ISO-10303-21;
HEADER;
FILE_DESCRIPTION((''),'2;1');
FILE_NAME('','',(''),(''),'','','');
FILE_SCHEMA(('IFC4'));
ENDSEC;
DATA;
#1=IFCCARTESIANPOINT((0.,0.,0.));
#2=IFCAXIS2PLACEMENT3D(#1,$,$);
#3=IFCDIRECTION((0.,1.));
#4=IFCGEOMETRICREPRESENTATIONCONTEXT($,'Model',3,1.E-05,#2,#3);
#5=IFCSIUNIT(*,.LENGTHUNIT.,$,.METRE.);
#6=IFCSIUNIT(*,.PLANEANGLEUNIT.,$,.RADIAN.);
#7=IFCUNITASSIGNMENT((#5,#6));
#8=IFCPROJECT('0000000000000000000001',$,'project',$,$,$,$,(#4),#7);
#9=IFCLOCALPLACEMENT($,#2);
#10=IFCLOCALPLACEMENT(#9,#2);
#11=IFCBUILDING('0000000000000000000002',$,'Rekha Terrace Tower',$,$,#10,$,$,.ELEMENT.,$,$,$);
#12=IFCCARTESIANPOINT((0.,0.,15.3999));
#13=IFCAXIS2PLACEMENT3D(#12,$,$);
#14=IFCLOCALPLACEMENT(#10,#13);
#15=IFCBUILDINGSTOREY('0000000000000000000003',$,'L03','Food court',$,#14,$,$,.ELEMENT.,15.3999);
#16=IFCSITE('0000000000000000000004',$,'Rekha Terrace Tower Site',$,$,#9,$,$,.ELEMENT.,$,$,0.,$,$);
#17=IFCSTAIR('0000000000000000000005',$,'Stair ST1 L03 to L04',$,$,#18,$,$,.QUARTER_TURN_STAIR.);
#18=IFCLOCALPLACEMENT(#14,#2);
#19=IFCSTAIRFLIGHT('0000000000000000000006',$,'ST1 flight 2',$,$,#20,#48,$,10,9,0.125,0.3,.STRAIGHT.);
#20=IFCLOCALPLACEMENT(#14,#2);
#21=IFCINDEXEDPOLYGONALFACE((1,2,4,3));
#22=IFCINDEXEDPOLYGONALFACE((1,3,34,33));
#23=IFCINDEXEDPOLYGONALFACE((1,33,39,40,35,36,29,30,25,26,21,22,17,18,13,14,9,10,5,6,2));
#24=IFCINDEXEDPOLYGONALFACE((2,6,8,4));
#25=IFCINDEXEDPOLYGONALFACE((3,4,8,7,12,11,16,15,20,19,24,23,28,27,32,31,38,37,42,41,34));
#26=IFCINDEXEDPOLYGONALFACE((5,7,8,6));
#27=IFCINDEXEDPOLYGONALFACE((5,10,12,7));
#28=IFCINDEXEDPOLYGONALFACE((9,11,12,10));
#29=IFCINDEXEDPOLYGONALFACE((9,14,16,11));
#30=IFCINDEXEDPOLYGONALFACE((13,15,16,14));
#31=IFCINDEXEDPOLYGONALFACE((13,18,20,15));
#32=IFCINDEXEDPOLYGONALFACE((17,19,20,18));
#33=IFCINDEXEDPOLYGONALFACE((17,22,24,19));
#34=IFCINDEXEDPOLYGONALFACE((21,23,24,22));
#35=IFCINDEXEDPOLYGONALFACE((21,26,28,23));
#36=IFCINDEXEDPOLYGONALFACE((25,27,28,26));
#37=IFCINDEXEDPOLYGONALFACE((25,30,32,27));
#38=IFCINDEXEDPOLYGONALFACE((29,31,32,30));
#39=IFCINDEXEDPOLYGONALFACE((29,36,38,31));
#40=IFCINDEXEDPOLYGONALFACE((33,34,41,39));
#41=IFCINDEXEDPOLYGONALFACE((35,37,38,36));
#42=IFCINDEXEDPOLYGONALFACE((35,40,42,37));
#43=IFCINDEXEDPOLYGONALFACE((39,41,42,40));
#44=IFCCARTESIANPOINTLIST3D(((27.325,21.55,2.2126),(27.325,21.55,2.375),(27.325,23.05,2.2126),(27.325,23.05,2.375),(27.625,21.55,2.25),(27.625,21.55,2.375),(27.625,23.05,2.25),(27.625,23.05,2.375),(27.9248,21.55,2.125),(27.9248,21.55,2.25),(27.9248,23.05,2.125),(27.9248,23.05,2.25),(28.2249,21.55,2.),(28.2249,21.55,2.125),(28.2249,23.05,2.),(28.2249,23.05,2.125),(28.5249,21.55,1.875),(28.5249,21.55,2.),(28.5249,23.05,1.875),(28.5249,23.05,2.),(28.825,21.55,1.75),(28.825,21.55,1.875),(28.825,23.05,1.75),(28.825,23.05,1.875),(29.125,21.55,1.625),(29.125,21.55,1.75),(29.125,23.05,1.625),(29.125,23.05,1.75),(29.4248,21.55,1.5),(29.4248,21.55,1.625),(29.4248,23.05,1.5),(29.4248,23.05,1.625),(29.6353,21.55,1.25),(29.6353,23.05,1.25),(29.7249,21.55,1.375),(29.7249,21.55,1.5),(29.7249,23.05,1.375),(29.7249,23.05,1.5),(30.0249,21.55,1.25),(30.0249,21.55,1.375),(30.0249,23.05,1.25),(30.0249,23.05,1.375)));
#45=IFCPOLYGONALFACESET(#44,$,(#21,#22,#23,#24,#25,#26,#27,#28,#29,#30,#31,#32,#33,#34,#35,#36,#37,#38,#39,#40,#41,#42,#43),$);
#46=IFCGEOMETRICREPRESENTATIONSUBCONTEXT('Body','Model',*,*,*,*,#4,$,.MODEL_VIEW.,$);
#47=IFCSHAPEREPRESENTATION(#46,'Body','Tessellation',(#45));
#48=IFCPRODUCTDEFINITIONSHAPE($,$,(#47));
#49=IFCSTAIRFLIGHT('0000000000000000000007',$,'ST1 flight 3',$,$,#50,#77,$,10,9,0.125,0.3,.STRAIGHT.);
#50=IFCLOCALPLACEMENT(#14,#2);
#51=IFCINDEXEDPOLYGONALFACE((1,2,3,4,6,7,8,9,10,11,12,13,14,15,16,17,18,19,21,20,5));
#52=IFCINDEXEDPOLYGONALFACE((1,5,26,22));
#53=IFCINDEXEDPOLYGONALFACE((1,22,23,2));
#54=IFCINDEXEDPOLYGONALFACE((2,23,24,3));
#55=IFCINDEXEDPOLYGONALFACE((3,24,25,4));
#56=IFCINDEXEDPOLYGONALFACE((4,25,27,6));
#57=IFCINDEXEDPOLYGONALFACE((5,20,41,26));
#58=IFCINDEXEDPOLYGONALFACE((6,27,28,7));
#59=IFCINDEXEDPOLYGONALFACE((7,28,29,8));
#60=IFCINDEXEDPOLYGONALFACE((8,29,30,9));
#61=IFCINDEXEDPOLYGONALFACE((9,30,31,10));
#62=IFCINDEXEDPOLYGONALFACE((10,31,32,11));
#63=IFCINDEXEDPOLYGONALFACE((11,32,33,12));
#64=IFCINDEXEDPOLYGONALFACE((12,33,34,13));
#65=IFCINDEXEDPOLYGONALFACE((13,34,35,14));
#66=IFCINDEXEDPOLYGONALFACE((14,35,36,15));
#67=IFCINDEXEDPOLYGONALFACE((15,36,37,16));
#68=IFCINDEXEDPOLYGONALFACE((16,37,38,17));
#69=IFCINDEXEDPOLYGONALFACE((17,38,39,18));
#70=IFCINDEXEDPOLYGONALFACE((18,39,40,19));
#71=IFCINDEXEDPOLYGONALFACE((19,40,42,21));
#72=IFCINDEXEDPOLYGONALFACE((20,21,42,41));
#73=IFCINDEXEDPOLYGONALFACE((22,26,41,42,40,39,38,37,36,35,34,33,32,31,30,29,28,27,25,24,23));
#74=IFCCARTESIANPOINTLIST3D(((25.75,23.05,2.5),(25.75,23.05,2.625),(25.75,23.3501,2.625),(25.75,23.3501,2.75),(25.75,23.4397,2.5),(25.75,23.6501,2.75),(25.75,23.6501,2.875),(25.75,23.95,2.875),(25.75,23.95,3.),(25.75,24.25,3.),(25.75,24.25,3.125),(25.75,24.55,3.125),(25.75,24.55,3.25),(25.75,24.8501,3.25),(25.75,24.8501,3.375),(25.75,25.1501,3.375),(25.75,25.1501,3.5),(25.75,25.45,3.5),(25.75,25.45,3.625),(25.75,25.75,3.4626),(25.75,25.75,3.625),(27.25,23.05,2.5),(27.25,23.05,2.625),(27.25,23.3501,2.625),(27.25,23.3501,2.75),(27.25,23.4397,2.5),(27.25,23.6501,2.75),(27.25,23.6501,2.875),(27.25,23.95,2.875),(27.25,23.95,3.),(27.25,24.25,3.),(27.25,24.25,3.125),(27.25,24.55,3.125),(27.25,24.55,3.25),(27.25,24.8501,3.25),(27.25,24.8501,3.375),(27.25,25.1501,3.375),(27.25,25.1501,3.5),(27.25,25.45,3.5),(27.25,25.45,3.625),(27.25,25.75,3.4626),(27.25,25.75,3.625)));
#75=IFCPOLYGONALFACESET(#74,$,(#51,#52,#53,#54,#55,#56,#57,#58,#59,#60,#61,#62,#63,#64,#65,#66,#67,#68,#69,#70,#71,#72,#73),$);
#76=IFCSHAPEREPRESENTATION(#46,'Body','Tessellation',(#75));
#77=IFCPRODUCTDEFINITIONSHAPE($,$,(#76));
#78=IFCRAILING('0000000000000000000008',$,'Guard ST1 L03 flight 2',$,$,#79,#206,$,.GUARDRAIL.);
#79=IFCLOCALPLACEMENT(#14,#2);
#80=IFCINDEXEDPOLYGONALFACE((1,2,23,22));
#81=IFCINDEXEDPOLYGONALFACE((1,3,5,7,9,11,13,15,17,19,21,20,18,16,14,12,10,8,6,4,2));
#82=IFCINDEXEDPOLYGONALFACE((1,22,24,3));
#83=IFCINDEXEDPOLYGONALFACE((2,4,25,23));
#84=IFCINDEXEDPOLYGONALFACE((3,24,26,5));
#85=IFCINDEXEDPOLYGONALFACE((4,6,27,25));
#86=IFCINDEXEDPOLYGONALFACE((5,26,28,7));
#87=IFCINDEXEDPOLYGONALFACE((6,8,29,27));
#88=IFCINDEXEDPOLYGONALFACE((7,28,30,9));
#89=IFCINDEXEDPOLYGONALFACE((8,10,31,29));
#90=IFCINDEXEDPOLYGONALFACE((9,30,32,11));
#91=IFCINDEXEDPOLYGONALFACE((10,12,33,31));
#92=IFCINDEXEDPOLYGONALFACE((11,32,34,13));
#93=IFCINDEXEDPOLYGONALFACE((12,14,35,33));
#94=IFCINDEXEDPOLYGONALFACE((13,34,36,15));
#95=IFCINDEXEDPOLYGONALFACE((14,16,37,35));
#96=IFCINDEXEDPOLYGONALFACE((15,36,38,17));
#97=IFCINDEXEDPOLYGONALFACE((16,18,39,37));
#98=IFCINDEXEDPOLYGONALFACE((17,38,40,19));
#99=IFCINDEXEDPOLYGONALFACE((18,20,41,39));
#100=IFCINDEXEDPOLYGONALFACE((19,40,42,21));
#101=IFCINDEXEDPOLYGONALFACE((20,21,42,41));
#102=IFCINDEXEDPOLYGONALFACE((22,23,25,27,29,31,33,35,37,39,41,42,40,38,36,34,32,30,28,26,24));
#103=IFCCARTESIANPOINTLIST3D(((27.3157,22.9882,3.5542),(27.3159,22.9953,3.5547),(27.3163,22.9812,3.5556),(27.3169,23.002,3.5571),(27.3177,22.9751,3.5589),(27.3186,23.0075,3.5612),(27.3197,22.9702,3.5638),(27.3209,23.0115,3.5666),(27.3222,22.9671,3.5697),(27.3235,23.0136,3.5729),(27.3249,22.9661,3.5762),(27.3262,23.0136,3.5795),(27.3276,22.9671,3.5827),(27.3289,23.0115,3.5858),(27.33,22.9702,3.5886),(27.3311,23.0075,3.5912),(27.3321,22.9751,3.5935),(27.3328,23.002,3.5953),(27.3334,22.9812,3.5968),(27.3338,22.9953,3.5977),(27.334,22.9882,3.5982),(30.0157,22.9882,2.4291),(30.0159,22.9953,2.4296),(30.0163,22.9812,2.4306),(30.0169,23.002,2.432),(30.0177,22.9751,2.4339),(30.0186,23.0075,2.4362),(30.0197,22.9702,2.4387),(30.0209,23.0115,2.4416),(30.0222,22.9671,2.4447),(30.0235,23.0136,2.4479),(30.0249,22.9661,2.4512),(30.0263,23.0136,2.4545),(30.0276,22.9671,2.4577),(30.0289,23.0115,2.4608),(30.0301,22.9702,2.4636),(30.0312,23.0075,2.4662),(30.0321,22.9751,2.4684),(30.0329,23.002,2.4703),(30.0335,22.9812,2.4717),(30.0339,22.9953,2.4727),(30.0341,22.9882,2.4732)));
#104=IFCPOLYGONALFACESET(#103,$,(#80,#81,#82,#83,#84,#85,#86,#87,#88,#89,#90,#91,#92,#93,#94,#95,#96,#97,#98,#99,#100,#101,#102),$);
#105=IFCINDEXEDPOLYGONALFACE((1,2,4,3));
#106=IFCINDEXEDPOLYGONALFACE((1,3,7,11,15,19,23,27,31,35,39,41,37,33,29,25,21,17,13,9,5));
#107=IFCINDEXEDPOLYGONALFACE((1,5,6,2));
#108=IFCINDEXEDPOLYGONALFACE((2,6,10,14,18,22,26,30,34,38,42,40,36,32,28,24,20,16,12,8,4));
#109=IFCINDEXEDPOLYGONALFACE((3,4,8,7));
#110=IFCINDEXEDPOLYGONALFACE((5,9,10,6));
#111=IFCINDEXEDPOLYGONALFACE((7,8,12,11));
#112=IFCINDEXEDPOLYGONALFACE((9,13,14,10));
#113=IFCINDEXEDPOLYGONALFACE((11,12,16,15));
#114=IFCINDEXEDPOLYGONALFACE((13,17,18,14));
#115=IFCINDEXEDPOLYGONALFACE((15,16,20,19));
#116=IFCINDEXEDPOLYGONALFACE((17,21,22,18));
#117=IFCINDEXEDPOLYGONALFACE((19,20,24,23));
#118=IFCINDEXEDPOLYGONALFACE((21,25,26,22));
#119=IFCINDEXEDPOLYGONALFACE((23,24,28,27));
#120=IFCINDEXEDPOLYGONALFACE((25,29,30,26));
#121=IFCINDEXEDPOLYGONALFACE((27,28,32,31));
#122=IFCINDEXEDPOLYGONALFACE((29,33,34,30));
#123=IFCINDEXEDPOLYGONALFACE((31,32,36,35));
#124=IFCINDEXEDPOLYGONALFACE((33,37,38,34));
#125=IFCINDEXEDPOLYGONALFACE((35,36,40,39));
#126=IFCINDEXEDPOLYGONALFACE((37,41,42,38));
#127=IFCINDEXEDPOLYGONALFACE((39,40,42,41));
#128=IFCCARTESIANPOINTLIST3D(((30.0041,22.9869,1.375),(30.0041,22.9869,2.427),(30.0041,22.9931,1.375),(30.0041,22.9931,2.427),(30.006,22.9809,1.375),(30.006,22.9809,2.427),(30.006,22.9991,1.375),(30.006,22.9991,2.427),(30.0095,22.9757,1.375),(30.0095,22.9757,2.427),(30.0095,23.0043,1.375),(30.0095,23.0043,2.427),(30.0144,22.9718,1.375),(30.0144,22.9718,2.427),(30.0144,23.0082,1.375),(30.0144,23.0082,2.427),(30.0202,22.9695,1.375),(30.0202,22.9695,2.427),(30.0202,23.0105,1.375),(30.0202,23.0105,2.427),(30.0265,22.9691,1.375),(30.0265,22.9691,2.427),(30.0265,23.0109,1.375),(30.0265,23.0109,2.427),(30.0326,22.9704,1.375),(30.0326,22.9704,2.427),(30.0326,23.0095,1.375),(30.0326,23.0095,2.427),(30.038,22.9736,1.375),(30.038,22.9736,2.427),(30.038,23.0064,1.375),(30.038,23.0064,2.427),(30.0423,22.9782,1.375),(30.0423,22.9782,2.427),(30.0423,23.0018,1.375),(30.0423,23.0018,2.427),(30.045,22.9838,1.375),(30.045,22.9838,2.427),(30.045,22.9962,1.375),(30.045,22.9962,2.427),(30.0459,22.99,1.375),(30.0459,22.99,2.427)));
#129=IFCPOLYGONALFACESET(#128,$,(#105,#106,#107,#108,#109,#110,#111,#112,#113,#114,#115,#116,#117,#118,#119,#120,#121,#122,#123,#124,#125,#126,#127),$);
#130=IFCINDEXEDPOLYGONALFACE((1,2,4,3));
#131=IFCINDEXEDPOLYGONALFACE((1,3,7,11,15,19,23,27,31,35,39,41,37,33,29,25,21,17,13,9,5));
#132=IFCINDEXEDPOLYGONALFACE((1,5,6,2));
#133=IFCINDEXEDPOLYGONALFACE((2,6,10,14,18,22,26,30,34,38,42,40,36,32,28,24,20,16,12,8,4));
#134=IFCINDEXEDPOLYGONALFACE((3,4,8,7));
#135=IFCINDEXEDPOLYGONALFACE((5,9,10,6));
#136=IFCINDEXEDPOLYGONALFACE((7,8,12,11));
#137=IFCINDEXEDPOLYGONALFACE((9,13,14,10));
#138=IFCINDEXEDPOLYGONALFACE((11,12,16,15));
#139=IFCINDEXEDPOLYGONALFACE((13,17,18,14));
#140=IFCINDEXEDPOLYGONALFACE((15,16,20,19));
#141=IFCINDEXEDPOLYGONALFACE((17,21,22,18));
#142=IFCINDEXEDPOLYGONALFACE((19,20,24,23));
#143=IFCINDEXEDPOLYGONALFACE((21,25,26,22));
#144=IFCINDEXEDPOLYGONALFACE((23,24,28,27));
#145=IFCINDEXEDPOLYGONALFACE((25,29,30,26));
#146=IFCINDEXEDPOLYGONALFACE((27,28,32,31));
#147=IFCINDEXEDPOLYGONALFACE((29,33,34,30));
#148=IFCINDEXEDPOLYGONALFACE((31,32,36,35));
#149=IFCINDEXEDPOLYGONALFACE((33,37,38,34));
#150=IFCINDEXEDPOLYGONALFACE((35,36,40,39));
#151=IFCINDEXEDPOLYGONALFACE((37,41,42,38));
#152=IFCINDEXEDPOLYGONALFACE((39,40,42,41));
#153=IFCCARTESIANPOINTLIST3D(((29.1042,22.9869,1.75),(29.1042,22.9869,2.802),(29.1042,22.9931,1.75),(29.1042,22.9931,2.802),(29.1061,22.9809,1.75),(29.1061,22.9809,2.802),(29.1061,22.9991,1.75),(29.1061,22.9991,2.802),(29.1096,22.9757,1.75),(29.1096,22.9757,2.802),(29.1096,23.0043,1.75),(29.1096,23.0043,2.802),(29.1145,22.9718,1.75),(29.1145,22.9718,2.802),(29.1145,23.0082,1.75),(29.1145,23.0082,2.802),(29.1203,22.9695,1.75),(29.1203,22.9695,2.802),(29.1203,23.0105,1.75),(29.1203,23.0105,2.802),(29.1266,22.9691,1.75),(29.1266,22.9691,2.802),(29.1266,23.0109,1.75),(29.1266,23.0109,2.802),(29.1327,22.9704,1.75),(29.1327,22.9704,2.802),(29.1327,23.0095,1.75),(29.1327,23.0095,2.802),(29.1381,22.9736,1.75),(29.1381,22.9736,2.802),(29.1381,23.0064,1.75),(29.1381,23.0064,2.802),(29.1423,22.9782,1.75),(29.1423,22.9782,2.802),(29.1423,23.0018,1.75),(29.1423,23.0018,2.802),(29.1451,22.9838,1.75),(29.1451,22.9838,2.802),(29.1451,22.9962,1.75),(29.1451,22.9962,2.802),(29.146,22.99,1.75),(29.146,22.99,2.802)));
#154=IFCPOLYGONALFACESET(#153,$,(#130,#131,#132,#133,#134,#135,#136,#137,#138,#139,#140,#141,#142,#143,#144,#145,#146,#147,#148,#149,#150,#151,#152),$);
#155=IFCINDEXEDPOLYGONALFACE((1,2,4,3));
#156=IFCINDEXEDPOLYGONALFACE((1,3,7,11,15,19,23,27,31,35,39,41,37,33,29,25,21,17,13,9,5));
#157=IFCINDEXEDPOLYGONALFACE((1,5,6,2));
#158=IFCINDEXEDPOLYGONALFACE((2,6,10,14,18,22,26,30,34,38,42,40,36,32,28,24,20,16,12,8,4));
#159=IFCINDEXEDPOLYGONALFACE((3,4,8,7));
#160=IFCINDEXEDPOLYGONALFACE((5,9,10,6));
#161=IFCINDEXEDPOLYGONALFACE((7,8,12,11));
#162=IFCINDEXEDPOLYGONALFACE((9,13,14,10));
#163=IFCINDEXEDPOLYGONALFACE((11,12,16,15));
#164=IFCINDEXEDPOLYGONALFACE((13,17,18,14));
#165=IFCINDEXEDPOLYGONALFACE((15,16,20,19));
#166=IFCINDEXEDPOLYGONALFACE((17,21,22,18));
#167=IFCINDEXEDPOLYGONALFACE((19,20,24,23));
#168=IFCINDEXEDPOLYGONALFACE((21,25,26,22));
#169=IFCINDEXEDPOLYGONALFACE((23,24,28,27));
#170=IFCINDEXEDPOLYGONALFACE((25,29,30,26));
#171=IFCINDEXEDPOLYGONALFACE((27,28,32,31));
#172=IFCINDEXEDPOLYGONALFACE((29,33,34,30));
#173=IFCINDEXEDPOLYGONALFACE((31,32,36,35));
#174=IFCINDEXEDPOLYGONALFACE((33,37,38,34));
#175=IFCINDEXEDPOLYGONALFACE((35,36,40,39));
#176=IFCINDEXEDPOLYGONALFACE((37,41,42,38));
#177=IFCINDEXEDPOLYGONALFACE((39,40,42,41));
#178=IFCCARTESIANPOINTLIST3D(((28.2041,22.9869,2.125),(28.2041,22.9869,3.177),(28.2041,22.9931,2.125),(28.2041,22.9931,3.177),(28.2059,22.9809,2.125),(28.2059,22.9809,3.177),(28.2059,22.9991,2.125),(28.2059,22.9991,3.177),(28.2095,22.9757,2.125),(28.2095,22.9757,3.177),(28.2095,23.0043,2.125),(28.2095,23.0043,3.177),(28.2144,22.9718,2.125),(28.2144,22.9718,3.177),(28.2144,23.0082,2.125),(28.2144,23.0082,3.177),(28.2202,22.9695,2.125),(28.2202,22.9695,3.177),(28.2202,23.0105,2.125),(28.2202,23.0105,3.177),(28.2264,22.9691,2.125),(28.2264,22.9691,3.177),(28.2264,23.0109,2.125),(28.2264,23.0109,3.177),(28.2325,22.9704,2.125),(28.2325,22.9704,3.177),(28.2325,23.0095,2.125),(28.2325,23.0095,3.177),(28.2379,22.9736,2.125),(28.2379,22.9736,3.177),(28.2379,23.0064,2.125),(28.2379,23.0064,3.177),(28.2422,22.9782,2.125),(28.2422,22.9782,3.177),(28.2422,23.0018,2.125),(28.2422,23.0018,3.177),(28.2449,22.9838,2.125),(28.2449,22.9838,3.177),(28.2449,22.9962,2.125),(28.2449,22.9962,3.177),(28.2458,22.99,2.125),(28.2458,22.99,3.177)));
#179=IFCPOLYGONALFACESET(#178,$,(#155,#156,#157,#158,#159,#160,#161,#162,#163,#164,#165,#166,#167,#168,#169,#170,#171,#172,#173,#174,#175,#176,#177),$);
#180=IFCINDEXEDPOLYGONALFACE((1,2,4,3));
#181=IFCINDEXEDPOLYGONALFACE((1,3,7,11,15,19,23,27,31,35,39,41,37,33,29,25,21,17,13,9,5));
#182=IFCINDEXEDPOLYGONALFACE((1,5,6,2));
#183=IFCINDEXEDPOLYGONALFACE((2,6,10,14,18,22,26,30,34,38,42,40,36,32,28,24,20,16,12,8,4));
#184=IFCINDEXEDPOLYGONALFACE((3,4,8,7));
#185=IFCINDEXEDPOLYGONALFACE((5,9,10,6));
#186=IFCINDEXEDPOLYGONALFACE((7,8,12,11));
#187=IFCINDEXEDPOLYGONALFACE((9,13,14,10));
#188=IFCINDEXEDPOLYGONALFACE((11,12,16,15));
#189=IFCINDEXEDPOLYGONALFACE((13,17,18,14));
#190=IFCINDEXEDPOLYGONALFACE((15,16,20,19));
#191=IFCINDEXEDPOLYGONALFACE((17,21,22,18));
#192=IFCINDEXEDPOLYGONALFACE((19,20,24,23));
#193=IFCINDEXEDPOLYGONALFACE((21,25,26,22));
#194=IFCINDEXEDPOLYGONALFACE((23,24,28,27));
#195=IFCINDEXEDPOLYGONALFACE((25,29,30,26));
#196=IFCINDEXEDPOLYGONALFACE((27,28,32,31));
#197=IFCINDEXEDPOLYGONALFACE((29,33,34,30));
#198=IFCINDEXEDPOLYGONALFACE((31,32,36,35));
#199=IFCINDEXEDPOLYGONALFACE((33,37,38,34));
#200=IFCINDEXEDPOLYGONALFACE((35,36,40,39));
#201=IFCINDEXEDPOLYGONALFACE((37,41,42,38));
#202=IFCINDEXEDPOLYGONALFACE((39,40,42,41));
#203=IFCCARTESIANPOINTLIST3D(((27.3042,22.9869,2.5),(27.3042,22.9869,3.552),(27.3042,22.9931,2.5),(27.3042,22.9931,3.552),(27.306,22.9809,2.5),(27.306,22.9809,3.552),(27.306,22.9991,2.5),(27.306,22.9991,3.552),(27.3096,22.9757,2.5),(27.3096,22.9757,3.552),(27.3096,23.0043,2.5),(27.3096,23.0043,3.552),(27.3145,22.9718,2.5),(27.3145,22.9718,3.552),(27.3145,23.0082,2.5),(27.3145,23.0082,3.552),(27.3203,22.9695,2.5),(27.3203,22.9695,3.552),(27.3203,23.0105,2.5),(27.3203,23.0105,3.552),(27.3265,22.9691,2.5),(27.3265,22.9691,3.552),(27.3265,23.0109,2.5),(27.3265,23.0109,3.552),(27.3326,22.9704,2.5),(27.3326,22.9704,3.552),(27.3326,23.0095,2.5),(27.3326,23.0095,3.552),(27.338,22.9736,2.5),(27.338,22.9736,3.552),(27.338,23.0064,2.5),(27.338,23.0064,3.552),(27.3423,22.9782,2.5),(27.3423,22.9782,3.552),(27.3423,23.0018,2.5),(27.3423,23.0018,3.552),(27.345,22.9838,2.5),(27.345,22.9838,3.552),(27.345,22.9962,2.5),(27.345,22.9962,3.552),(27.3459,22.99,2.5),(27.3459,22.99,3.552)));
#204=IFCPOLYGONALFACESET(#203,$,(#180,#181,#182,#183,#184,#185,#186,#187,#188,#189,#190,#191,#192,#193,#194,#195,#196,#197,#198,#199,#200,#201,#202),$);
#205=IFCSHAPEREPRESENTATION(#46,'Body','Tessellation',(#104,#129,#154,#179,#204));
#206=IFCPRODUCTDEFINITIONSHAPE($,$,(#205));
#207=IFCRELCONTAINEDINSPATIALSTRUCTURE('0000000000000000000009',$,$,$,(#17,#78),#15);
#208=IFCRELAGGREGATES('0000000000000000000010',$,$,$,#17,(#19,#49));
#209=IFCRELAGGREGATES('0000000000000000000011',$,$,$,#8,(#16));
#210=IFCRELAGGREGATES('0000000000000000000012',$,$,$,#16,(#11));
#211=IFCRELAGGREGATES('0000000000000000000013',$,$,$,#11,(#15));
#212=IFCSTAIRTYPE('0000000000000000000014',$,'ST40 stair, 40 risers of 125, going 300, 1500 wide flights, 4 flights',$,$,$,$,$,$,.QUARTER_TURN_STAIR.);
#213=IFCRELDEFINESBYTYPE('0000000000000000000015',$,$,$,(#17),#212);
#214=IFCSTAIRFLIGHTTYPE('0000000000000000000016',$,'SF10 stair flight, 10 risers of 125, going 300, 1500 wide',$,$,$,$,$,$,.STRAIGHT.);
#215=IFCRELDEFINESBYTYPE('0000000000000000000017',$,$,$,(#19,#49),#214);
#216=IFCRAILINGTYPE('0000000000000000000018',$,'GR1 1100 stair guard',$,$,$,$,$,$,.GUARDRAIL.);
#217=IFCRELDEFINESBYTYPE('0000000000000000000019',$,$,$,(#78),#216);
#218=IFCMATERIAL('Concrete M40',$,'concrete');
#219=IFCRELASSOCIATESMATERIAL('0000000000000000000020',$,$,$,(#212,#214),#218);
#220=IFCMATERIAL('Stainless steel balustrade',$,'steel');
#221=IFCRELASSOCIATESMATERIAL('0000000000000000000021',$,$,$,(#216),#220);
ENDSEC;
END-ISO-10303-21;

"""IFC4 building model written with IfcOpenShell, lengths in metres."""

from ifc_helpers import new_model, si_unit, direction, frame, origin, origin_2d, place, context, subcontext, project, spatial, polyline, circle, outline, extrude, material, type_object, element, aggregate, save


model = new_model("IFC4")

# Units and contexts
model_context = context("Model", 3, precision=1e-05, world=origin(), true_north=direction((0.0, 1.0)))
body_context = subcontext(model_context, "Body", "Model", "MODEL_VIEW")
ifc_project = project(units=[si_unit("LENGTHUNIT", "METRE"), si_unit("PLANEANGLEUNIT", "RADIAN")], contexts=[model_context])

# Site, building, storey
site_placement = place(None, origin())
site = spatial("IfcSite", under=ifc_project, at=site_placement, Name="Rekha Terrace Tower Site", CompositionType="ELEMENT", RefElevation=0.0)
building_placement = place(site_placement, origin())
building = spatial("IfcBuilding", under=site, at=building_placement, Name="Rekha Terrace Tower", CompositionType="ELEMENT")
storey_placement = place(building_placement, frame((0.0, 0.0, 15.3999)))
storey = spatial("IfcBuildingStorey", under=building, at=storey_placement, Name="L03", Description="Food court", CompositionType="ELEMENT", Elevation=15.3999)

# Stair, stair flights
ifc_material_1 = material(Name="Concrete M40", Category="concrete")
stair_type = type_object("IfcStairType", Name="ST40 stair, 40 risers of 125, going 300, 1500 wide flights, 4 flights", PredefinedType="QUARTER_TURN_STAIR", material=ifc_material_1)
stair_placement = place(storey_placement, origin())
stair = element("IfcStair", 1, at=stair_placement, inside=storey, type_object=stair_type, Name="Stair ST1 L03 to L04", PredefinedType="QUARTER_TURN_STAIR")
stair_flight_type = type_object("IfcStairFlightType", Name="SF10 stair flight, 10 risers of 125, going 300, 1500 wide", PredefinedType="STRAIGHT", material=ifc_material_1)
stair_flight_1_placement = place(storey_placement, frame((30.0249, 22.3, 1.25), z_axis=(0.0, 0.0, 1.0), x_axis=(-1.0, 0.0, 0.0)))
stair_flight_1 = element("IfcStairFlight", 2, at=stair_flight_1_placement, type_object=stair_flight_type, Name="ST1 flight 2", NumberOfRisers=10, NumberOfTreads=9, PredefinedType="STRAIGHT", RiserHeight=0.125, TreadLength=0.3, context=body_context, shape_type="SweptSolid", body=[
    extrude(outline(polyline([(0.0, 0.0), (0.0, 0.125), (0.3, 0.125), (0.3, 0.25), (0.6001, 0.25), (0.6001, 0.375), (0.8999, 0.375), (0.8999, 0.5), (1.2, 0.5), (1.2, 0.625), (1.5, 0.625), (1.5, 0.75), (1.8, 0.75), (1.8, 0.875), (2.1001, 0.875), (2.1001, 1.0), (2.3999, 1.0), (2.3999, 1.125), (2.7, 1.125), (2.7, 1.25), (2.7, 0.9626), (0.3896, 0.0), (0.0, 0.0)])), frame((0.0, 0.75, 0.0), z_axis=(0.0, -1.0, 0.0), x_axis=(1.0, 0.0, 0.0)), (0.0, 0.0, 1.0), 1.5),
])
stair_flight_2_placement = place(storey_placement, frame((26.5, 23.05, 2.5), z_axis=(0.0, 0.0, 1.0), x_axis=(0.0, 1.0, 0.0)))
stair_flight_2 = element("IfcStairFlight", 3, at=stair_flight_2_placement, type_object=stair_flight_type, Name="ST1 flight 3", NumberOfRisers=10, NumberOfTreads=9, PredefinedType="STRAIGHT", RiserHeight=0.125, TreadLength=0.3, context=body_context, shape_type="SweptSolid", body=[
    extrude(outline(polyline([(0.0, 0.0), (0.0, 0.125), (0.3, 0.125), (0.3, 0.25), (0.6001, 0.25), (0.6001, 0.375), (0.8999, 0.375), (0.8999, 0.5), (1.2, 0.5), (1.2, 0.625), (1.5, 0.625), (1.5, 0.75), (1.8, 0.75), (1.8, 0.875), (2.1001, 0.875), (2.1001, 1.0), (2.3999, 1.0), (2.3999, 1.125), (2.7, 1.125), (2.7, 1.25), (2.7, 0.9626), (0.3896, 0.0), (0.0, 0.0)])), frame((0.0, 0.75, 0.0), z_axis=(0.0, -1.0, 0.0), x_axis=(1.0, 0.0, 0.0)), (0.0, 0.0, 1.0), 1.5),
])
aggregate(stair, [stair_flight_1, stair_flight_2])

# Railing
ifc_material_2 = material(Name="Stainless steel balustrade", Category="steel")
railing_type_1 = type_object("IfcRailingType", Name="GR1 1100 stair guard", PredefinedType="GUARDRAIL", material=ifc_material_2)
railing_1_placement = place(storey_placement, frame((30.0249, 22.99, 1.375)))
element("IfcRailing", 4, at=railing_1_placement, inside=storey, type_object=railing_type_1, Name="Guard ST1 L03 flight 2", PredefinedType="GUARDRAIL", context=body_context, shape_type="SweptSolid", body=[
    extrude(circle(Radius=0.0239, at=origin_2d()), frame((0.0, 0.0, 1.0762), z_axis=(-0.923074, 0.0, 0.384621), x_axis=(0.0, -1.0, 0.0)), (0.0, 0.0, 1.0), 2.925),
    extrude(circle(Radius=0.021, at=origin_2d()), origin(), (0.0, 0.0, 1.0), 1.052),
    extrude(circle(Radius=0.021, at=origin_2d()), frame((-0.8999, 0.0, 0.375)), (0.0, 0.0, 1.0), 1.052),
    extrude(circle(Radius=0.021, at=origin_2d()), frame((-1.8, 0.0, 0.75)), (0.0, 0.0, 1.0), 1.052),
    extrude(circle(Radius=0.021, at=origin_2d()), frame((-2.7, 0.0, 1.125)), (0.0, 0.0, 1.0), 1.052),
])

save(model, "model.ifc")
